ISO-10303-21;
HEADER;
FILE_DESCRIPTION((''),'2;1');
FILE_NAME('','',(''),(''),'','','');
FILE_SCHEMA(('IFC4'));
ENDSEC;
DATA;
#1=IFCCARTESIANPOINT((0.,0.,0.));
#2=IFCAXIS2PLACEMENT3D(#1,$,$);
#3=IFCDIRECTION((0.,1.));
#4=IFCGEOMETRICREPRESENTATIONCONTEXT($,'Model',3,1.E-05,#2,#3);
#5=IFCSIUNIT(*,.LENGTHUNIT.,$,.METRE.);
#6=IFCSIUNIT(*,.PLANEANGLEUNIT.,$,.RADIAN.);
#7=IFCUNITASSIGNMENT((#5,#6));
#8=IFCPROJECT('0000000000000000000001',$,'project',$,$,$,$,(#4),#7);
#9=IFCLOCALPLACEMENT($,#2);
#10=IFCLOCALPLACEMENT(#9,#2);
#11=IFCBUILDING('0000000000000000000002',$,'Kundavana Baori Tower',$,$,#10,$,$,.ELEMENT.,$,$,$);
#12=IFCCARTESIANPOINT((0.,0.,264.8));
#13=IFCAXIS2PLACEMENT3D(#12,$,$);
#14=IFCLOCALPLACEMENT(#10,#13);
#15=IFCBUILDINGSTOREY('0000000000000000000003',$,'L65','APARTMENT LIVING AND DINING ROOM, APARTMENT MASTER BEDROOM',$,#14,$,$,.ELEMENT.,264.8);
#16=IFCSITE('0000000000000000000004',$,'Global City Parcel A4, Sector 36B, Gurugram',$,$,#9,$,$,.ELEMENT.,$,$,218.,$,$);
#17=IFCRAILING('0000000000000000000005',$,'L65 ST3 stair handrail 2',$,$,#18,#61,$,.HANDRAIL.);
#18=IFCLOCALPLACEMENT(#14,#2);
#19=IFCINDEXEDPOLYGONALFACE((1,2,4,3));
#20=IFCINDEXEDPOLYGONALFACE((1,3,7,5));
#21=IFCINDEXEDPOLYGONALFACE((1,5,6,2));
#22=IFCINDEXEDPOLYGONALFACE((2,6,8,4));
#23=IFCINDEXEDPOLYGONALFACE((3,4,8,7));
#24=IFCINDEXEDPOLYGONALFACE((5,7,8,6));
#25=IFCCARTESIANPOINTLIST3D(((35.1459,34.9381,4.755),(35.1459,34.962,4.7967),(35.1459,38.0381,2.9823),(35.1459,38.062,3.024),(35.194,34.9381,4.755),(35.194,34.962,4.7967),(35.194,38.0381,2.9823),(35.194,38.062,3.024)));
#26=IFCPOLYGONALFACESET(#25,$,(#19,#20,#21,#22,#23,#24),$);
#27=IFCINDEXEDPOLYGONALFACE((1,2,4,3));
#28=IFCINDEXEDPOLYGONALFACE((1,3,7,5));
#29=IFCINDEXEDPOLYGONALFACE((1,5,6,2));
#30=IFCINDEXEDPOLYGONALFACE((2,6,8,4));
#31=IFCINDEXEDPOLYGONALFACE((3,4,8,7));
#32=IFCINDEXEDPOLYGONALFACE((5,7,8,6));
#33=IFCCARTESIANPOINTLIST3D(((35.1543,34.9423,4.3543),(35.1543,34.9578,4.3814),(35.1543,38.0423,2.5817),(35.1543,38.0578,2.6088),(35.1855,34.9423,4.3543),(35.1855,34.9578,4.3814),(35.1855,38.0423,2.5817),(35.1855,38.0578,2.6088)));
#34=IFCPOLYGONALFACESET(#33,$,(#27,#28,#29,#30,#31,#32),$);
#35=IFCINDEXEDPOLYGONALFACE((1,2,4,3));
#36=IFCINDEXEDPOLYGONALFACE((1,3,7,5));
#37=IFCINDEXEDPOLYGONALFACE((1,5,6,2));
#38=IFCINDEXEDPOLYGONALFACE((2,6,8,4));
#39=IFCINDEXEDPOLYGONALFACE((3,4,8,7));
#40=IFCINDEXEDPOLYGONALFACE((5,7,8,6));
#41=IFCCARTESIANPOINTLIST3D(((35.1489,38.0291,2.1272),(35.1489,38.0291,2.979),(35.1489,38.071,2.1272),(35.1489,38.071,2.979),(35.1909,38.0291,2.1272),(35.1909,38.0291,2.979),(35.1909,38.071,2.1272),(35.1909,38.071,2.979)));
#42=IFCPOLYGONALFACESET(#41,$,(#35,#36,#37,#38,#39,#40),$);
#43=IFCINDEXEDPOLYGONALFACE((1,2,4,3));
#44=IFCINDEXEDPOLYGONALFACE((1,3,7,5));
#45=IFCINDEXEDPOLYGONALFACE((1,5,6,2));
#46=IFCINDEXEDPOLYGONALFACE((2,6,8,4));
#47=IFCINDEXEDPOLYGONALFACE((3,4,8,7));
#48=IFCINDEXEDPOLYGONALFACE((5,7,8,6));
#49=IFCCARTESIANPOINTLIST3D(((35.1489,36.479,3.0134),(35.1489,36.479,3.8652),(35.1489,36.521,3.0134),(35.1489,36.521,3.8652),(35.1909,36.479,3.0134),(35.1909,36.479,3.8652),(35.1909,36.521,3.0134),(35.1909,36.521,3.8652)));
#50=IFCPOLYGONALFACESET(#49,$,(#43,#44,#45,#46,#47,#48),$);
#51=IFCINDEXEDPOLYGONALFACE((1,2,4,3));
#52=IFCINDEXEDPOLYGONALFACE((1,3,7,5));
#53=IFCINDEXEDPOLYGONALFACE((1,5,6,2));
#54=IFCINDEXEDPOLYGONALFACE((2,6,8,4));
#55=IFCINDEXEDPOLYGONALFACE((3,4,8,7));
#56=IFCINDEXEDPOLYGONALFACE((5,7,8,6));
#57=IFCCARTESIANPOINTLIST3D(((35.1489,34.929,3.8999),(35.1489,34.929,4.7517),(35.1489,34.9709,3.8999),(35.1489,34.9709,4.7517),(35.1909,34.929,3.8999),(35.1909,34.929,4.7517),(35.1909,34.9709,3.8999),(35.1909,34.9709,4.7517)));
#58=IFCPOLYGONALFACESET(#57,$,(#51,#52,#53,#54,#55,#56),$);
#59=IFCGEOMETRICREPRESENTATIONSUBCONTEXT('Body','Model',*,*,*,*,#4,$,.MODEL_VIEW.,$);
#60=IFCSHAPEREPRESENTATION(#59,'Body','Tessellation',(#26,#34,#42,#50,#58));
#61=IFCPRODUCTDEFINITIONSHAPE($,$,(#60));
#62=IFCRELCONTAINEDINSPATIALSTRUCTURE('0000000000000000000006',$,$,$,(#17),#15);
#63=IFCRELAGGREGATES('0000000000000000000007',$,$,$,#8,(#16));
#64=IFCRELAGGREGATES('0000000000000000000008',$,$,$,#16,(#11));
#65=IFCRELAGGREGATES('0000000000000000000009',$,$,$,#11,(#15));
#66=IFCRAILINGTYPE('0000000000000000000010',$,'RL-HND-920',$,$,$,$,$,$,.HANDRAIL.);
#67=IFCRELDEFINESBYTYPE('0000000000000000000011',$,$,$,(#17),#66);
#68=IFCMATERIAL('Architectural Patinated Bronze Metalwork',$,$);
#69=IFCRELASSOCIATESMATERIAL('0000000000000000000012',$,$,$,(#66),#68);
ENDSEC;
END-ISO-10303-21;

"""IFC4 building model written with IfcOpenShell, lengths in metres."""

from ifc_helpers import new_model, si_unit, direction, frame, origin, origin_2d, place, context, subcontext, project, spatial, rectangle, extrude, material, type_object, element, save


model = new_model("IFC4")

# Units and contexts
model_context = context("Model", 3, precision=1e-05, world=origin(), true_north=direction((0.0, 1.0)))
body_context = subcontext(model_context, "Body", "Model", "MODEL_VIEW")
ifc_project = project(units=[si_unit("LENGTHUNIT", "METRE"), si_unit("PLANEANGLEUNIT", "RADIAN")], contexts=[model_context])

# Site, building, storey
site_placement = place(None, origin())
site = spatial("IfcSite", under=ifc_project, at=site_placement, Name="Global City Parcel A4, Sector 36B, Gurugram", CompositionType="ELEMENT", RefElevation=218.0)
building_placement = place(site_placement, origin())
building = spatial("IfcBuilding", under=site, at=building_placement, Name="Kundavana Baori Tower", CompositionType="ELEMENT")
storey_placement = place(building_placement, frame((0.0, 0.0, 264.8)))
storey = spatial("IfcBuildingStorey", under=building, at=storey_placement, Name="L65", Description="APARTMENT LIVING AND DINING ROOM, APARTMENT MASTER BEDROOM", CompositionType="ELEMENT", Elevation=264.8)

# Railing
ifc_material_1 = material(Name="Architectural Patinated Bronze Metalwork")
railing_type_1 = type_object("IfcRailingType", Name="RL-HND-920", PredefinedType="HANDRAIL", material=ifc_material_1)
railing_1_placement = place(storey_placement, frame((35.1699, 38.05, 2.1272)))
element("IfcRailing", 1, at=railing_1_placement, inside=storey, type_object=railing_type_1, Name="L65 ST3 stair handrail 2", PredefinedType="HANDRAIL", context=body_context, shape_type="SweptSolid", body=[
    extrude(rectangle(XDim=0.0481, YDim=0.0481, at=origin_2d()), frame((0.0, 0.0, 0.876), z_axis=(0.0, -0.868096, 0.496397), x_axis=(1.0, 0.0, 0.0)), (0.0, 0.0, 1.0), 3.571),
    extrude(rectangle(XDim=0.0312, YDim=0.0312, at=origin_2d()), frame((0.0, 0.0, 0.468), z_axis=(0.0, -0.868096, 0.496397), x_axis=(1.0, 0.0, 0.0)), (0.0, 0.0, 1.0), 3.571),
    extrude(rectangle(XDim=0.042, YDim=0.042, at=origin_2d()), origin(), (0.0, 0.0, 1.0), 0.8518),
    extrude(rectangle(XDim=0.042, YDim=0.042, at=origin_2d()), frame((0.0, -1.55, 0.8862)), (0.0, 0.0, 1.0), 0.8518),
    extrude(rectangle(XDim=0.042, YDim=0.042, at=origin_2d()), frame((0.0, -3.1001, 1.7727)), (0.0, 0.0, 1.0), 0.8518),
])

save(model, "model.ifc")
